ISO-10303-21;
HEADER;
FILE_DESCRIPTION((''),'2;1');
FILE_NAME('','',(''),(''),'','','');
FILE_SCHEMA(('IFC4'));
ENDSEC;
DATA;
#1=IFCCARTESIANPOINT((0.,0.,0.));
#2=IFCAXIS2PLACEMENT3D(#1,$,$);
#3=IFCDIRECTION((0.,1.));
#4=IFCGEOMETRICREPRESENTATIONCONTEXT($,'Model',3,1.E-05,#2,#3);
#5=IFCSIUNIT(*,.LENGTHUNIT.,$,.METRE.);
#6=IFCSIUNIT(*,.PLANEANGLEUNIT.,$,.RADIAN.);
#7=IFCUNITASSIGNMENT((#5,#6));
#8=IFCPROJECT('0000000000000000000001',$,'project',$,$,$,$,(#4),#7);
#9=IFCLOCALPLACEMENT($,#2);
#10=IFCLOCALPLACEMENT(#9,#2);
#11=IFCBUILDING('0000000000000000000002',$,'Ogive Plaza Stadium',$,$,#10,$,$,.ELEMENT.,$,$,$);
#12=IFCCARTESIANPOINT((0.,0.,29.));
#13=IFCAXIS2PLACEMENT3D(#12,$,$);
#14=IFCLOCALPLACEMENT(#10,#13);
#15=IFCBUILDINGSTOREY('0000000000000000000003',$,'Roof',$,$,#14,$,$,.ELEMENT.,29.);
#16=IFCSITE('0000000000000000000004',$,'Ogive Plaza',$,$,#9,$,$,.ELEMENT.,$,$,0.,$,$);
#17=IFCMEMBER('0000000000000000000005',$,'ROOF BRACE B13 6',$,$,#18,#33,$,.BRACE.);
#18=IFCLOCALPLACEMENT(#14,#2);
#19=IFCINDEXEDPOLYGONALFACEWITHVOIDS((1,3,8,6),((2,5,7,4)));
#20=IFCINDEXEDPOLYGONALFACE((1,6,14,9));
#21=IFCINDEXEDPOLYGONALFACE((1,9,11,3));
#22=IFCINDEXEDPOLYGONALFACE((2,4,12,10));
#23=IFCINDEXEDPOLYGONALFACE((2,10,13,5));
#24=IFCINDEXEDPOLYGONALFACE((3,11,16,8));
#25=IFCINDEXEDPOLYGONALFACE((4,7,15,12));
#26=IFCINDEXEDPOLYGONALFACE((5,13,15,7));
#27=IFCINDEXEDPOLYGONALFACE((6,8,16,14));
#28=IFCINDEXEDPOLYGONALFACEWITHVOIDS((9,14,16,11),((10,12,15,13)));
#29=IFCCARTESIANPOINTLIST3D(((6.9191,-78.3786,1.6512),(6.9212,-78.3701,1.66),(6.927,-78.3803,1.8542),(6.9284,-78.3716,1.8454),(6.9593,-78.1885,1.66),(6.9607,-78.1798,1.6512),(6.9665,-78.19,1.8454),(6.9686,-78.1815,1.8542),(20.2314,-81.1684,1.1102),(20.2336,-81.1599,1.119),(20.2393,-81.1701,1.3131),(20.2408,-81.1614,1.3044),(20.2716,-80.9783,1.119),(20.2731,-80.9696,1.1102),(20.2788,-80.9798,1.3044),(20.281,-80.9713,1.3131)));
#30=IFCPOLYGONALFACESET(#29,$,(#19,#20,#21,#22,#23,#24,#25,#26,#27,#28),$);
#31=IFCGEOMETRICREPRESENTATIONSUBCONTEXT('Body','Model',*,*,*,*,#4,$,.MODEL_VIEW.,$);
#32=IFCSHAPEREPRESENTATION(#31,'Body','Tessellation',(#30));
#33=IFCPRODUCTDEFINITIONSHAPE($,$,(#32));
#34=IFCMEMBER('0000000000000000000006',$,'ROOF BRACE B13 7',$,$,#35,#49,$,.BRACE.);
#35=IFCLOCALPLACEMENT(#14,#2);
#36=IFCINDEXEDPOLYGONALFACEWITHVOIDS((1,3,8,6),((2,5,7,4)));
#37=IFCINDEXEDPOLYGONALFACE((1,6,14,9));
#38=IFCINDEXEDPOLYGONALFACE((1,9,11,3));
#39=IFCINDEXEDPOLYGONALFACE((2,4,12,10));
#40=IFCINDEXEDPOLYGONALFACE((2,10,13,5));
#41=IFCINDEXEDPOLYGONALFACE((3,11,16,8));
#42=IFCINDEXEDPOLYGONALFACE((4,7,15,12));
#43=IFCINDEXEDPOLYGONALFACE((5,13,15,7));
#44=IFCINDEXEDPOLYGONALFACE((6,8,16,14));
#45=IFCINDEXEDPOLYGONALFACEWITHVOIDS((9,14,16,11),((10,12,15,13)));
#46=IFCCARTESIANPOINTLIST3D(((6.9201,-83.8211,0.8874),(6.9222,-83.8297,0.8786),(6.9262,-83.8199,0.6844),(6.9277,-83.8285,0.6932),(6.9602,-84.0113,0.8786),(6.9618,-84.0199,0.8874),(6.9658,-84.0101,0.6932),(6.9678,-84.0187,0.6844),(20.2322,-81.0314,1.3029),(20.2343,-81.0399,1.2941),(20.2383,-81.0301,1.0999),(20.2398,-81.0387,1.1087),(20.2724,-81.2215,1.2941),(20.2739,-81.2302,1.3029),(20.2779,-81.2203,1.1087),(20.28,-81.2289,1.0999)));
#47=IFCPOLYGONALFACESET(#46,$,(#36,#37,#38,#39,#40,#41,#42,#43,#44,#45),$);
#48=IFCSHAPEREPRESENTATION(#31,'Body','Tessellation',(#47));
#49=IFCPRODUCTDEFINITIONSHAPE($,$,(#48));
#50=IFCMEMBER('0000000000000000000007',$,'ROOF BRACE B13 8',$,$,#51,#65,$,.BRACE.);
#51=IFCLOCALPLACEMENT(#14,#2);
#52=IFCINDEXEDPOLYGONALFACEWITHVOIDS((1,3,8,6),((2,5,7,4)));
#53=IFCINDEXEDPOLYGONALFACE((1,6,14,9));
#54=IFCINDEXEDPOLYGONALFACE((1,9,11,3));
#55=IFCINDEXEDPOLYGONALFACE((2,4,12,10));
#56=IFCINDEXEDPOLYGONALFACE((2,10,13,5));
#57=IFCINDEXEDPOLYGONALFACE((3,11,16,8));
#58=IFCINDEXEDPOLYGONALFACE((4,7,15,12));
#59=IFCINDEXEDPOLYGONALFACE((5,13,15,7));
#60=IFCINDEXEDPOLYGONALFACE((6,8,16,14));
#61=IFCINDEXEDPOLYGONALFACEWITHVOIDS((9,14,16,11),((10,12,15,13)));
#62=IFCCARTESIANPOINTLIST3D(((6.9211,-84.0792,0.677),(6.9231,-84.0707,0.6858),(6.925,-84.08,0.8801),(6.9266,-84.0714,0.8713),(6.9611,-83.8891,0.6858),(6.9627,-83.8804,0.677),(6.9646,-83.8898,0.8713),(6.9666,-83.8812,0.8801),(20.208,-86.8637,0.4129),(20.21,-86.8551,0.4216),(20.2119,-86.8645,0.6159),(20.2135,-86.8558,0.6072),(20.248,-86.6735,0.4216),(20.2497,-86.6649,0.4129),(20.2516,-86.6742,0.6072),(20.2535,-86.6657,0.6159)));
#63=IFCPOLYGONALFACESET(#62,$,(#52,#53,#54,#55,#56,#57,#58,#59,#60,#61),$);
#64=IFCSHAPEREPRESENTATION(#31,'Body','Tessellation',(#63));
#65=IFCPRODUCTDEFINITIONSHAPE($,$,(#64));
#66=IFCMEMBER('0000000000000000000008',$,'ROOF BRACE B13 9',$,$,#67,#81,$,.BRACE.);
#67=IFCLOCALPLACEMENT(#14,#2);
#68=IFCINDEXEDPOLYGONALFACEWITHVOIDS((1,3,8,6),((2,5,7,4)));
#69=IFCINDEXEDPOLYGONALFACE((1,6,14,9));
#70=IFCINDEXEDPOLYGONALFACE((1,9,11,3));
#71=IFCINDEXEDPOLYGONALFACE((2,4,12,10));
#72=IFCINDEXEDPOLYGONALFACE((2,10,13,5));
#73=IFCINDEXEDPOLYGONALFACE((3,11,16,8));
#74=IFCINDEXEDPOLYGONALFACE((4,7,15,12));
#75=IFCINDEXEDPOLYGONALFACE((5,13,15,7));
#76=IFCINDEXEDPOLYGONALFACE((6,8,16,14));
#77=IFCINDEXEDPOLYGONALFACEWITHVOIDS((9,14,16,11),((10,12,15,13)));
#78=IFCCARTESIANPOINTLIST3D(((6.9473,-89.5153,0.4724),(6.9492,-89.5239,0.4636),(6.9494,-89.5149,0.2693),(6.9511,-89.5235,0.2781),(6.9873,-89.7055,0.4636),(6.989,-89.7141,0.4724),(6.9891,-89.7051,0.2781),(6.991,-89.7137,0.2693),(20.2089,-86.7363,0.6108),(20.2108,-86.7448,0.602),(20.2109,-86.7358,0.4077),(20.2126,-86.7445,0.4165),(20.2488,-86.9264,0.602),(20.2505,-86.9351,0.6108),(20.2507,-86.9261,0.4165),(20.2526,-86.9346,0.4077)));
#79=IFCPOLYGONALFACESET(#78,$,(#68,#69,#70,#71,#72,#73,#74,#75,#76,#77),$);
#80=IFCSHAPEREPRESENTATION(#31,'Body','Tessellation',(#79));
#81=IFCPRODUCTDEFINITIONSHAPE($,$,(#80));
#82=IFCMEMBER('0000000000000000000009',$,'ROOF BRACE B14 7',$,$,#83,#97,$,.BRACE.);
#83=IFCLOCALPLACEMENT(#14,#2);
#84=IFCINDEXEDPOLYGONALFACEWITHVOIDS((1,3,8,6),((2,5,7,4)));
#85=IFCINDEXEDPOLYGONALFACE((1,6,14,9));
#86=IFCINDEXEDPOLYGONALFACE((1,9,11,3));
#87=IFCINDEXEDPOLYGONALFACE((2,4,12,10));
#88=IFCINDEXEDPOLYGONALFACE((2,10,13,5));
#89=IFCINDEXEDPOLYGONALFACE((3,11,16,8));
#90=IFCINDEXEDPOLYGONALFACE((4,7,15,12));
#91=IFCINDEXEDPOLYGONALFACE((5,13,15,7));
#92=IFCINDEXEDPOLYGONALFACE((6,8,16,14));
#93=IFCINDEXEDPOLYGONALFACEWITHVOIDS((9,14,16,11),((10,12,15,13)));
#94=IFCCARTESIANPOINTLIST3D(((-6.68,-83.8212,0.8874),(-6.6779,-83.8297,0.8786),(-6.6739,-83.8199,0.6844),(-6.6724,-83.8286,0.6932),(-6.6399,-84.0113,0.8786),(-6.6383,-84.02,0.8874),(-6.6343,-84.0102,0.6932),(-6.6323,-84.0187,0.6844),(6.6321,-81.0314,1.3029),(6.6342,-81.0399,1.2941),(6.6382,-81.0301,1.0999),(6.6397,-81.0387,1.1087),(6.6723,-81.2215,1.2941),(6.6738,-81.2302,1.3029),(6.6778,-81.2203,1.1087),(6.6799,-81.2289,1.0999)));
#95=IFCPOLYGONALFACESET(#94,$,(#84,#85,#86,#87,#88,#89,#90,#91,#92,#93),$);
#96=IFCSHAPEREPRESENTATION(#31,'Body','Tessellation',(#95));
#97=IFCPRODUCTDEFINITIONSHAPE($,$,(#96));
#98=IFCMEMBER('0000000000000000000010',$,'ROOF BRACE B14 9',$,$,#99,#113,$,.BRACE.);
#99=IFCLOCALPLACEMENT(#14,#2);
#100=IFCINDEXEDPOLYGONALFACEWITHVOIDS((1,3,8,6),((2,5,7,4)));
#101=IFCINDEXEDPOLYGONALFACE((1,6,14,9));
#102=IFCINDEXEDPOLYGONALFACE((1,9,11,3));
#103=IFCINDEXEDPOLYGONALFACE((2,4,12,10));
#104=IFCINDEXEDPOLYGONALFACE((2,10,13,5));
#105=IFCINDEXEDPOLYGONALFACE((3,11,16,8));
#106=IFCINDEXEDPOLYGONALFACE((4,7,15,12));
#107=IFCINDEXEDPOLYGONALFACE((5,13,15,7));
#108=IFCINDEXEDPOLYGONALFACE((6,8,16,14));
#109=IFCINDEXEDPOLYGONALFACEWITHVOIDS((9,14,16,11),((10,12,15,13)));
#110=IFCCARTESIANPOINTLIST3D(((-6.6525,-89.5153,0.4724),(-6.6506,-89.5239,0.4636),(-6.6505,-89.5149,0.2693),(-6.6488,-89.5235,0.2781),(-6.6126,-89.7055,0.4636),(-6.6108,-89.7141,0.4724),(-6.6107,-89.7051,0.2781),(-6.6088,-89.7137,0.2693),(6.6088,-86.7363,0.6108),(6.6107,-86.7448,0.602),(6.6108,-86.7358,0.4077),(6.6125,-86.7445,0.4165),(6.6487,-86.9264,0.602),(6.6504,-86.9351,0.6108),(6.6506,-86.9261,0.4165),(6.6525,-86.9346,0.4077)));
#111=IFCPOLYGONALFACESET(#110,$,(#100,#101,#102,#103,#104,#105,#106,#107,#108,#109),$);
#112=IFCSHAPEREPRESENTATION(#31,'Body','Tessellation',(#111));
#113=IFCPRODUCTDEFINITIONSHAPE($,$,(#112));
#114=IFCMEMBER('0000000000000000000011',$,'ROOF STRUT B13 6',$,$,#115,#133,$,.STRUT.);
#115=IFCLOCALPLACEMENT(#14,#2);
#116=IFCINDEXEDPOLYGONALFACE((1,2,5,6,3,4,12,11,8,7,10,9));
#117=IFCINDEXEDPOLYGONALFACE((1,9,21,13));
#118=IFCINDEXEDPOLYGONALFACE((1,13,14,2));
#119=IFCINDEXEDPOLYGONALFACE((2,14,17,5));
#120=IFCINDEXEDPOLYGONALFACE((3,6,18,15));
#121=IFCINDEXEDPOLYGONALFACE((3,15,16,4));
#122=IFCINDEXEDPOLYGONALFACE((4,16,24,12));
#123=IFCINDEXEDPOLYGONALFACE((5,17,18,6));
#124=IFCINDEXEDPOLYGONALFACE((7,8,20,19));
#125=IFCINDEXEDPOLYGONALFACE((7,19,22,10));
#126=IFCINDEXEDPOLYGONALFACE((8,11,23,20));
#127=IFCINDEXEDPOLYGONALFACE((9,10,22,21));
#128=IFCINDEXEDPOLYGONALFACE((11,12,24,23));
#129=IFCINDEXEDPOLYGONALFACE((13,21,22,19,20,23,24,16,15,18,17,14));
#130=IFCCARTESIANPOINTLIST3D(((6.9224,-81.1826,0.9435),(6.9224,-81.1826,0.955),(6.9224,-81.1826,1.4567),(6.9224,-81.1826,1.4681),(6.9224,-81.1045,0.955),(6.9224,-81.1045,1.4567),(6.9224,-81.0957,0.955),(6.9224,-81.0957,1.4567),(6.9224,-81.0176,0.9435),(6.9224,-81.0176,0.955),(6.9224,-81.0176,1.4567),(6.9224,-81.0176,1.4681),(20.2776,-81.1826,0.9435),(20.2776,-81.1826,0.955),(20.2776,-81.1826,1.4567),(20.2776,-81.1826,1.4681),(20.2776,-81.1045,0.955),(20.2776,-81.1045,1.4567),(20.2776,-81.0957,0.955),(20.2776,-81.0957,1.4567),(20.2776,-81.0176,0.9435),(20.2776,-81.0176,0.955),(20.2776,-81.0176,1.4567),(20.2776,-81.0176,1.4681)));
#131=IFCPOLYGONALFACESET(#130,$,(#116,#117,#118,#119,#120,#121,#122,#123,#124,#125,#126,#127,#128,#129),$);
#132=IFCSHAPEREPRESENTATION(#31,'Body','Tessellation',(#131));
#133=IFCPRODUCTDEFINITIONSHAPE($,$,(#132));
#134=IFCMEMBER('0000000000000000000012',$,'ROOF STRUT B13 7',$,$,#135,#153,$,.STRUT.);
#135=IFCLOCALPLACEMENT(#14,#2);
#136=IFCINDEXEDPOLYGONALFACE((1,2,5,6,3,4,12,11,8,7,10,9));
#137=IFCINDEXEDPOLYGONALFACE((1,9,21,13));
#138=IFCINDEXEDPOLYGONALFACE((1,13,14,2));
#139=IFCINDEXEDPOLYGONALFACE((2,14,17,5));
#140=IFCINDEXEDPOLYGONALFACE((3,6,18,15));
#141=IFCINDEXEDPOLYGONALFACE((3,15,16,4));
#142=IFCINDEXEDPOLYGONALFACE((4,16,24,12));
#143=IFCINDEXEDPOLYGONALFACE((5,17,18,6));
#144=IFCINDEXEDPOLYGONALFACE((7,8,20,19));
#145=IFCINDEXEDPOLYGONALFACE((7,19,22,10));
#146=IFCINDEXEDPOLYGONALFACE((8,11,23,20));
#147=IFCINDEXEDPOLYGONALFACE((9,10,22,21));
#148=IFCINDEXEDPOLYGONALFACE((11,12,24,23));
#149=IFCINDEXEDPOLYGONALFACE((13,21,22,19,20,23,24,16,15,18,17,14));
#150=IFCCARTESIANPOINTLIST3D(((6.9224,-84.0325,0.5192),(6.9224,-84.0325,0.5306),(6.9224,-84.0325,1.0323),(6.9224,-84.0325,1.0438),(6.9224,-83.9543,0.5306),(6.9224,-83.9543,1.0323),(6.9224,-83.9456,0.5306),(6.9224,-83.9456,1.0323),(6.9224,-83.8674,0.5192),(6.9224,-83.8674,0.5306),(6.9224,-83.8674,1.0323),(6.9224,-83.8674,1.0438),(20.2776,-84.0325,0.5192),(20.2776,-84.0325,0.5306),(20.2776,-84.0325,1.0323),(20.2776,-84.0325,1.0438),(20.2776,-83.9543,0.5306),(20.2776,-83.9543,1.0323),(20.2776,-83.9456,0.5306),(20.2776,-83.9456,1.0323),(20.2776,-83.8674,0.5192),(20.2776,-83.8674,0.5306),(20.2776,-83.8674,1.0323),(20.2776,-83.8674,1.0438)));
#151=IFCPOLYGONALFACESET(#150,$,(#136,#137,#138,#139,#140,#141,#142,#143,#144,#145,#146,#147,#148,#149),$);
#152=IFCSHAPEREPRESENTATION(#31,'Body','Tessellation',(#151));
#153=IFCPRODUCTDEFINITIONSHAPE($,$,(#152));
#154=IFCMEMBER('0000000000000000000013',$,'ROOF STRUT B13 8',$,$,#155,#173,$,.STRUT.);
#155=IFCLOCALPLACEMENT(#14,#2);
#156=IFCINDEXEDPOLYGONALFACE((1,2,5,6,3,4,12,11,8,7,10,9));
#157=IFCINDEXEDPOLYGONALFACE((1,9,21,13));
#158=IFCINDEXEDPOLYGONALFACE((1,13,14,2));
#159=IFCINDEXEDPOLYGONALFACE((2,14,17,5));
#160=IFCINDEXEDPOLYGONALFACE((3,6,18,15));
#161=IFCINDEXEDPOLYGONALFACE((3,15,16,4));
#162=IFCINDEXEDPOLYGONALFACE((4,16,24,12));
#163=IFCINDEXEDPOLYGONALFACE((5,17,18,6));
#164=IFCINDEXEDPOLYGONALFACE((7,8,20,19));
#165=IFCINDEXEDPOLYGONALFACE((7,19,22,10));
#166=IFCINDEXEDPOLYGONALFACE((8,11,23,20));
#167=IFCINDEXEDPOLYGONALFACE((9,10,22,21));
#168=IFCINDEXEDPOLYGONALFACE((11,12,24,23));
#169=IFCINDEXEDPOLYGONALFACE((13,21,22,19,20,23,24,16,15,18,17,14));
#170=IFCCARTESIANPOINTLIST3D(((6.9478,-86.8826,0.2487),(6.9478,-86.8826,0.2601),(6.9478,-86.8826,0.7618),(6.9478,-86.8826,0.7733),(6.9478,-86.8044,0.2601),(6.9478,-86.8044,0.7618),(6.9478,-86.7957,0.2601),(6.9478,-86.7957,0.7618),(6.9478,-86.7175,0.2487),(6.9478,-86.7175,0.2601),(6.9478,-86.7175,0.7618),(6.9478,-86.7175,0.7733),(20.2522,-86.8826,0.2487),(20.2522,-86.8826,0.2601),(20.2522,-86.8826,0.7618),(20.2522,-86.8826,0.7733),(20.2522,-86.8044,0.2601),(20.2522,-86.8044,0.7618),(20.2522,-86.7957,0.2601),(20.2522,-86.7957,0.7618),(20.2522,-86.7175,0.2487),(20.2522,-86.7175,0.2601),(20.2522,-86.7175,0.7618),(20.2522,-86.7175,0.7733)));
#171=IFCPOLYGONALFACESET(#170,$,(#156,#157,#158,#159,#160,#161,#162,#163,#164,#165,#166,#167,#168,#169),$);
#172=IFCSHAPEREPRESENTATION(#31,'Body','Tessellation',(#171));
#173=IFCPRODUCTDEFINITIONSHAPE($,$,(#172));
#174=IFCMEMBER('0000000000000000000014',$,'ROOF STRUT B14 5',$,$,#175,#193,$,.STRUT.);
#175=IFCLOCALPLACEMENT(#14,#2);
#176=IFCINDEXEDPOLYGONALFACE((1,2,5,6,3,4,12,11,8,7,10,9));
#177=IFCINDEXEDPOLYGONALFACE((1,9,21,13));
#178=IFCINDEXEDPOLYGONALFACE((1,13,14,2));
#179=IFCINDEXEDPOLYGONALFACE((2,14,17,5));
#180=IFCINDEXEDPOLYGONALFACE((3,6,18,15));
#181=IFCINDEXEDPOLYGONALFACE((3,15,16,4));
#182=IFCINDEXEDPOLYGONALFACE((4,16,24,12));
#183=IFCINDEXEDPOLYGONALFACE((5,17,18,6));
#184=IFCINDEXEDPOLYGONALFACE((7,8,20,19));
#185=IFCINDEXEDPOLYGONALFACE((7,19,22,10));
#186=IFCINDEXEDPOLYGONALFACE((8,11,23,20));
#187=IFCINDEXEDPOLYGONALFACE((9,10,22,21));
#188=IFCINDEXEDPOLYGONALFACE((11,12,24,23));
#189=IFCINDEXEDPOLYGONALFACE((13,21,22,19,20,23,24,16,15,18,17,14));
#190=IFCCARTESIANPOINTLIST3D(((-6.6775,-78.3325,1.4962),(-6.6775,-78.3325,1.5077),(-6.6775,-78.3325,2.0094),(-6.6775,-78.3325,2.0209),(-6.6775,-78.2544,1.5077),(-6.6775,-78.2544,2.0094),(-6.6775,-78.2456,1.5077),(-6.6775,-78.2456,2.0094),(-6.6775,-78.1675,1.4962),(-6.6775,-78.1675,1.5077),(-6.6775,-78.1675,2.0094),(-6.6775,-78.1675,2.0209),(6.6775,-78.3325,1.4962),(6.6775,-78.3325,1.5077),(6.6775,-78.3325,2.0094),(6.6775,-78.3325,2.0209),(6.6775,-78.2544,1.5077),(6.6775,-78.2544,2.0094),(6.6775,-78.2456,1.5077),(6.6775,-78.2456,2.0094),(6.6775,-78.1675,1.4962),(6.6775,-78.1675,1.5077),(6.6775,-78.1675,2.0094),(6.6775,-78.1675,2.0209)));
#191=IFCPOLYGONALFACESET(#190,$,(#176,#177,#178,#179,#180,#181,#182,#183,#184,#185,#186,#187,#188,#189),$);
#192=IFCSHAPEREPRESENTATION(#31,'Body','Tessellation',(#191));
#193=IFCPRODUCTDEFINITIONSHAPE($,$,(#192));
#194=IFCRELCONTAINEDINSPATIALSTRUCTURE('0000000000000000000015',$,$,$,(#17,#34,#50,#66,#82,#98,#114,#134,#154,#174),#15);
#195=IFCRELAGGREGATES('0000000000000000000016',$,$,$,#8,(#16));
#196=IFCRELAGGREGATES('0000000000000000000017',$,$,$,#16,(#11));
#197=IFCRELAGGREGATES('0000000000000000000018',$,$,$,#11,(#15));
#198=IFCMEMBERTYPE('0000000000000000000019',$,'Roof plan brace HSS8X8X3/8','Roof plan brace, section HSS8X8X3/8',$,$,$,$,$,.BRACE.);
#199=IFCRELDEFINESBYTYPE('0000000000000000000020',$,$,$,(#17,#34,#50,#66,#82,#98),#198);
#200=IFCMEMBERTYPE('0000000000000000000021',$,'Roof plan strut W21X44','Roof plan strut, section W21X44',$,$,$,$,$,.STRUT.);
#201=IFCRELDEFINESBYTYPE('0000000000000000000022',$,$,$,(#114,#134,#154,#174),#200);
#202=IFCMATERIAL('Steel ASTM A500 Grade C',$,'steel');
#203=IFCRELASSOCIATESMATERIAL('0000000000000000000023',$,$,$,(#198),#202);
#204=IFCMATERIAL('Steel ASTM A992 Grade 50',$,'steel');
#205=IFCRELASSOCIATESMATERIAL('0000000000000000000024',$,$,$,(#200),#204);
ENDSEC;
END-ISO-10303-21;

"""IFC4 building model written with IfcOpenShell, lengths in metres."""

from ifc_helpers import new_model, si_unit, direction, frame, origin, origin_2d, place, context, subcontext, project, spatial, hollow_rectangle, i_section, extrude, material, material_profile, profile_set, type_object, element, save


model = new_model("IFC4")

# Units and contexts
model_context = context("Model", 3, precision=1e-05, world=origin(), true_north=direction((0.0, 1.0)))
body_context = subcontext(model_context, "Body", "Model", "MODEL_VIEW")
ifc_project = project(units=[si_unit("LENGTHUNIT", "METRE"), si_unit("PLANEANGLEUNIT", "RADIAN")], contexts=[model_context])

# Site, building, storey
site_placement = place(None, origin())
site = spatial("IfcSite", under=ifc_project, at=site_placement, Name="Ogive Plaza", CompositionType="ELEMENT", RefElevation=0.0)
building_placement = place(site_placement, origin())
building = spatial("IfcBuilding", under=site, at=building_placement, Name="Ogive Plaza Stadium", CompositionType="ELEMENT")
storey_placement = place(building_placement, frame((0.0, 0.0, 29.0)))
storey = spatial("IfcBuildingStorey", under=building, at=storey_placement, Name="Roof", CompositionType="ELEMENT", Elevation=29.0)

# Members
ifc_material_1 = material(Name="Steel ASTM A500 Grade C", Category="steel")
ifc_material_profile_1 = material_profile(ifc_material_1, hollow_rectangle(XDim=0.2031, YDim=0.2031, WallThickness=0.0088, at=origin_2d()), Name="HSS8X8X3/8")
ifc_profile_set_1 = profile_set([ifc_material_profile_1], Name="Steel ASTM A500 Grade C")
member_type_1 = type_object("IfcMemberType", Name="Roof plan brace HSS8X8X3/8", Description="Roof plan brace, section HSS8X8X3/8", PredefinedType="BRACE", material=ifc_profile_set_1)
member_1_placement = place(storey_placement, frame((6.9438, -78.28, 1.7527), z_axis=(0.977966, -0.204948, -0.039745), x_axis=(0.20511, 0.978739, 0.0)))
element("IfcMember", 1, at=member_1_placement, inside=storey, type_object=member_type_1, Name="ROOF BRACE B13 6", PredefinedType="BRACE", context=body_context, shape_type="SweptSolid", body=[
    extrude(hollow_rectangle(XDim=0.2031, YDim=0.2031, WallThickness=0.0088, at=origin_2d()), origin(), (0.0, 0.0, 1.0), 13.6123),
])
member_2_placement = place(storey_placement, frame((20.2561, -81.1301, 1.2014), z_axis=(-0.978282, -0.205015, -0.030536), x_axis=(0.20511, -0.978739, 0.0)))
element("IfcMember", 2, at=member_2_placement, inside=storey, type_object=member_type_1, Name="ROOF BRACE B13 7", PredefinedType="BRACE", context=body_context, shape_type="SweptSolid", body=[
    extrude(hollow_rectangle(XDim=0.2031, YDim=0.2031, WallThickness=0.0088, at=origin_2d()), origin(), (0.0, 0.0, 1.0), 13.6077),
])
member_3_placement = place(storey_placement, frame((6.9438, -83.9802, 0.7786), z_axis=(0.978554, -0.205068, -0.019455), x_axis=(0.205107, 0.97874, 0.0)))
element("IfcMember", 3, at=member_3_placement, inside=storey, type_object=member_type_1, Name="ROOF BRACE B13 8", PredefinedType="BRACE", context=body_context, shape_type="SweptSolid", body=[
    extrude(hollow_rectangle(XDim=0.2031, YDim=0.2031, WallThickness=0.0088, at=origin_2d()), origin(), (0.0, 0.0, 1.0), 13.5781),
])
member_4_placement = place(storey_placement, frame((20.2307, -86.8354, 0.5093), z_axis=(-0.978689, -0.205093, -0.010216), x_axis=(0.205103, -0.97874, 0.0)))
element("IfcMember", 4, at=member_4_placement, inside=storey, type_object=member_type_1, Name="ROOF BRACE B13 9", PredefinedType="BRACE", context=body_context, shape_type="SweptSolid", body=[
    extrude(hollow_rectangle(XDim=0.2031, YDim=0.2031, WallThickness=0.0088, at=origin_2d()), origin(), (0.0, 0.0, 1.0), 13.5503),
])
member_5_placement = place(storey_placement, frame((6.656, -81.1301, 1.2014), z_axis=(-0.978282, -0.205018, -0.030537), x_axis=(0.205114, -0.978738, 0.0)))
element("IfcMember", 5, at=member_5_placement, inside=storey, type_object=member_type_1, Name="ROOF BRACE B14 7", PredefinedType="BRACE", context=body_context, shape_type="SweptSolid", body=[
    extrude(hollow_rectangle(XDim=0.2031, YDim=0.2031, WallThickness=0.0088, at=origin_2d()), origin(), (0.0, 0.0, 1.0), 13.6077),
])
member_6_placement = place(storey_placement, frame((6.6306, -86.8354, 0.5093), z_axis=(-0.978689, -0.205096, -0.010216), x_axis=(0.205107, -0.97874, 0.0)))
element("IfcMember", 6, at=member_6_placement, inside=storey, type_object=member_type_1, Name="ROOF BRACE B14 9", PredefinedType="BRACE", context=body_context, shape_type="SweptSolid", body=[
    extrude(hollow_rectangle(XDim=0.2031, YDim=0.2031, WallThickness=0.0088, at=origin_2d()), origin(), (0.0, 0.0, 1.0), 13.55),
])
ifc_material_2 = material(Name="Steel ASTM A992 Grade 50", Category="steel")
ifc_material_profile_2 = material_profile(ifc_material_2, i_section(OverallWidth=0.165, OverallDepth=0.5247, WebThickness=0.0088, FlangeThickness=0.0115, at=origin_2d()), Name="W21X44")
ifc_profile_set_2 = profile_set([ifc_material_profile_2], Name="Steel ASTM A992 Grade 50")
member_type_2 = type_object("IfcMemberType", Name="Roof plan strut W21X44", Description="Roof plan strut, section W21X44", PredefinedType="STRUT", material=ifc_profile_set_2)
for number, where, z_axis, x_axis, name in (
    (7, (20.2776, -81.1001, 1.2058), (-1.0, 0.0, 0.0), (0.0, -1.0, 0.0), "ROOF STRUT B13 6"),
    (8, (20.2776, -83.95, 0.7815), (-1.0, 0.0, 0.0), (0.0, -1.0, 0.0), "ROOF STRUT B13 7"),
):
    element("IfcMember", number, at=place(storey_placement, frame(where, z_axis=z_axis, x_axis=x_axis)), inside=storey, type_object=member_type_2, Name=name, PredefinedType="STRUT", context=body_context, shape_type="SweptSolid", body=[
        extrude(i_section(OverallWidth=0.165, OverallDepth=0.5247, WebThickness=0.0088, FlangeThickness=0.0115, at=origin_2d()), origin(), (0.0, 0.0, 1.0), 13.3552),
    ])
member_7_placement = place(storey_placement, frame((20.2522, -86.8, 0.511), z_axis=(-1.0, 0.0, 0.0), x_axis=(0.0, -1.0, 0.0)))
element("IfcMember", 9, at=member_7_placement, inside=storey, type_object=member_type_2, Name="ROOF STRUT B13 8", PredefinedType="STRUT", context=body_context, shape_type="SweptSolid", body=[
    extrude(i_section(OverallWidth=0.165, OverallDepth=0.5247, WebThickness=0.0088, FlangeThickness=0.0115, at=origin_2d()), origin(), (0.0, 0.0, 1.0), 13.3044),
])
for number, where, z_axis, x_axis, name in (
    (10, (6.6775, -78.25, 1.7585), (-1.0, 0.0, 0.0), (0.0, -1.0, 0.0), "ROOF STRUT B14 5"),
):
    element("IfcMember", number, at=place(storey_placement, frame(where, z_axis=z_axis, x_axis=x_axis)), inside=storey, type_object=member_type_2, Name=name, PredefinedType="STRUT", context=body_context, shape_type="SweptSolid", body=[
        extrude(i_section(OverallWidth=0.165, OverallDepth=0.5247, WebThickness=0.0088, FlangeThickness=0.0115, at=origin_2d()), origin(), (0.0, 0.0, 1.0), 13.355),
    ])

save(model, "model.ifc")
